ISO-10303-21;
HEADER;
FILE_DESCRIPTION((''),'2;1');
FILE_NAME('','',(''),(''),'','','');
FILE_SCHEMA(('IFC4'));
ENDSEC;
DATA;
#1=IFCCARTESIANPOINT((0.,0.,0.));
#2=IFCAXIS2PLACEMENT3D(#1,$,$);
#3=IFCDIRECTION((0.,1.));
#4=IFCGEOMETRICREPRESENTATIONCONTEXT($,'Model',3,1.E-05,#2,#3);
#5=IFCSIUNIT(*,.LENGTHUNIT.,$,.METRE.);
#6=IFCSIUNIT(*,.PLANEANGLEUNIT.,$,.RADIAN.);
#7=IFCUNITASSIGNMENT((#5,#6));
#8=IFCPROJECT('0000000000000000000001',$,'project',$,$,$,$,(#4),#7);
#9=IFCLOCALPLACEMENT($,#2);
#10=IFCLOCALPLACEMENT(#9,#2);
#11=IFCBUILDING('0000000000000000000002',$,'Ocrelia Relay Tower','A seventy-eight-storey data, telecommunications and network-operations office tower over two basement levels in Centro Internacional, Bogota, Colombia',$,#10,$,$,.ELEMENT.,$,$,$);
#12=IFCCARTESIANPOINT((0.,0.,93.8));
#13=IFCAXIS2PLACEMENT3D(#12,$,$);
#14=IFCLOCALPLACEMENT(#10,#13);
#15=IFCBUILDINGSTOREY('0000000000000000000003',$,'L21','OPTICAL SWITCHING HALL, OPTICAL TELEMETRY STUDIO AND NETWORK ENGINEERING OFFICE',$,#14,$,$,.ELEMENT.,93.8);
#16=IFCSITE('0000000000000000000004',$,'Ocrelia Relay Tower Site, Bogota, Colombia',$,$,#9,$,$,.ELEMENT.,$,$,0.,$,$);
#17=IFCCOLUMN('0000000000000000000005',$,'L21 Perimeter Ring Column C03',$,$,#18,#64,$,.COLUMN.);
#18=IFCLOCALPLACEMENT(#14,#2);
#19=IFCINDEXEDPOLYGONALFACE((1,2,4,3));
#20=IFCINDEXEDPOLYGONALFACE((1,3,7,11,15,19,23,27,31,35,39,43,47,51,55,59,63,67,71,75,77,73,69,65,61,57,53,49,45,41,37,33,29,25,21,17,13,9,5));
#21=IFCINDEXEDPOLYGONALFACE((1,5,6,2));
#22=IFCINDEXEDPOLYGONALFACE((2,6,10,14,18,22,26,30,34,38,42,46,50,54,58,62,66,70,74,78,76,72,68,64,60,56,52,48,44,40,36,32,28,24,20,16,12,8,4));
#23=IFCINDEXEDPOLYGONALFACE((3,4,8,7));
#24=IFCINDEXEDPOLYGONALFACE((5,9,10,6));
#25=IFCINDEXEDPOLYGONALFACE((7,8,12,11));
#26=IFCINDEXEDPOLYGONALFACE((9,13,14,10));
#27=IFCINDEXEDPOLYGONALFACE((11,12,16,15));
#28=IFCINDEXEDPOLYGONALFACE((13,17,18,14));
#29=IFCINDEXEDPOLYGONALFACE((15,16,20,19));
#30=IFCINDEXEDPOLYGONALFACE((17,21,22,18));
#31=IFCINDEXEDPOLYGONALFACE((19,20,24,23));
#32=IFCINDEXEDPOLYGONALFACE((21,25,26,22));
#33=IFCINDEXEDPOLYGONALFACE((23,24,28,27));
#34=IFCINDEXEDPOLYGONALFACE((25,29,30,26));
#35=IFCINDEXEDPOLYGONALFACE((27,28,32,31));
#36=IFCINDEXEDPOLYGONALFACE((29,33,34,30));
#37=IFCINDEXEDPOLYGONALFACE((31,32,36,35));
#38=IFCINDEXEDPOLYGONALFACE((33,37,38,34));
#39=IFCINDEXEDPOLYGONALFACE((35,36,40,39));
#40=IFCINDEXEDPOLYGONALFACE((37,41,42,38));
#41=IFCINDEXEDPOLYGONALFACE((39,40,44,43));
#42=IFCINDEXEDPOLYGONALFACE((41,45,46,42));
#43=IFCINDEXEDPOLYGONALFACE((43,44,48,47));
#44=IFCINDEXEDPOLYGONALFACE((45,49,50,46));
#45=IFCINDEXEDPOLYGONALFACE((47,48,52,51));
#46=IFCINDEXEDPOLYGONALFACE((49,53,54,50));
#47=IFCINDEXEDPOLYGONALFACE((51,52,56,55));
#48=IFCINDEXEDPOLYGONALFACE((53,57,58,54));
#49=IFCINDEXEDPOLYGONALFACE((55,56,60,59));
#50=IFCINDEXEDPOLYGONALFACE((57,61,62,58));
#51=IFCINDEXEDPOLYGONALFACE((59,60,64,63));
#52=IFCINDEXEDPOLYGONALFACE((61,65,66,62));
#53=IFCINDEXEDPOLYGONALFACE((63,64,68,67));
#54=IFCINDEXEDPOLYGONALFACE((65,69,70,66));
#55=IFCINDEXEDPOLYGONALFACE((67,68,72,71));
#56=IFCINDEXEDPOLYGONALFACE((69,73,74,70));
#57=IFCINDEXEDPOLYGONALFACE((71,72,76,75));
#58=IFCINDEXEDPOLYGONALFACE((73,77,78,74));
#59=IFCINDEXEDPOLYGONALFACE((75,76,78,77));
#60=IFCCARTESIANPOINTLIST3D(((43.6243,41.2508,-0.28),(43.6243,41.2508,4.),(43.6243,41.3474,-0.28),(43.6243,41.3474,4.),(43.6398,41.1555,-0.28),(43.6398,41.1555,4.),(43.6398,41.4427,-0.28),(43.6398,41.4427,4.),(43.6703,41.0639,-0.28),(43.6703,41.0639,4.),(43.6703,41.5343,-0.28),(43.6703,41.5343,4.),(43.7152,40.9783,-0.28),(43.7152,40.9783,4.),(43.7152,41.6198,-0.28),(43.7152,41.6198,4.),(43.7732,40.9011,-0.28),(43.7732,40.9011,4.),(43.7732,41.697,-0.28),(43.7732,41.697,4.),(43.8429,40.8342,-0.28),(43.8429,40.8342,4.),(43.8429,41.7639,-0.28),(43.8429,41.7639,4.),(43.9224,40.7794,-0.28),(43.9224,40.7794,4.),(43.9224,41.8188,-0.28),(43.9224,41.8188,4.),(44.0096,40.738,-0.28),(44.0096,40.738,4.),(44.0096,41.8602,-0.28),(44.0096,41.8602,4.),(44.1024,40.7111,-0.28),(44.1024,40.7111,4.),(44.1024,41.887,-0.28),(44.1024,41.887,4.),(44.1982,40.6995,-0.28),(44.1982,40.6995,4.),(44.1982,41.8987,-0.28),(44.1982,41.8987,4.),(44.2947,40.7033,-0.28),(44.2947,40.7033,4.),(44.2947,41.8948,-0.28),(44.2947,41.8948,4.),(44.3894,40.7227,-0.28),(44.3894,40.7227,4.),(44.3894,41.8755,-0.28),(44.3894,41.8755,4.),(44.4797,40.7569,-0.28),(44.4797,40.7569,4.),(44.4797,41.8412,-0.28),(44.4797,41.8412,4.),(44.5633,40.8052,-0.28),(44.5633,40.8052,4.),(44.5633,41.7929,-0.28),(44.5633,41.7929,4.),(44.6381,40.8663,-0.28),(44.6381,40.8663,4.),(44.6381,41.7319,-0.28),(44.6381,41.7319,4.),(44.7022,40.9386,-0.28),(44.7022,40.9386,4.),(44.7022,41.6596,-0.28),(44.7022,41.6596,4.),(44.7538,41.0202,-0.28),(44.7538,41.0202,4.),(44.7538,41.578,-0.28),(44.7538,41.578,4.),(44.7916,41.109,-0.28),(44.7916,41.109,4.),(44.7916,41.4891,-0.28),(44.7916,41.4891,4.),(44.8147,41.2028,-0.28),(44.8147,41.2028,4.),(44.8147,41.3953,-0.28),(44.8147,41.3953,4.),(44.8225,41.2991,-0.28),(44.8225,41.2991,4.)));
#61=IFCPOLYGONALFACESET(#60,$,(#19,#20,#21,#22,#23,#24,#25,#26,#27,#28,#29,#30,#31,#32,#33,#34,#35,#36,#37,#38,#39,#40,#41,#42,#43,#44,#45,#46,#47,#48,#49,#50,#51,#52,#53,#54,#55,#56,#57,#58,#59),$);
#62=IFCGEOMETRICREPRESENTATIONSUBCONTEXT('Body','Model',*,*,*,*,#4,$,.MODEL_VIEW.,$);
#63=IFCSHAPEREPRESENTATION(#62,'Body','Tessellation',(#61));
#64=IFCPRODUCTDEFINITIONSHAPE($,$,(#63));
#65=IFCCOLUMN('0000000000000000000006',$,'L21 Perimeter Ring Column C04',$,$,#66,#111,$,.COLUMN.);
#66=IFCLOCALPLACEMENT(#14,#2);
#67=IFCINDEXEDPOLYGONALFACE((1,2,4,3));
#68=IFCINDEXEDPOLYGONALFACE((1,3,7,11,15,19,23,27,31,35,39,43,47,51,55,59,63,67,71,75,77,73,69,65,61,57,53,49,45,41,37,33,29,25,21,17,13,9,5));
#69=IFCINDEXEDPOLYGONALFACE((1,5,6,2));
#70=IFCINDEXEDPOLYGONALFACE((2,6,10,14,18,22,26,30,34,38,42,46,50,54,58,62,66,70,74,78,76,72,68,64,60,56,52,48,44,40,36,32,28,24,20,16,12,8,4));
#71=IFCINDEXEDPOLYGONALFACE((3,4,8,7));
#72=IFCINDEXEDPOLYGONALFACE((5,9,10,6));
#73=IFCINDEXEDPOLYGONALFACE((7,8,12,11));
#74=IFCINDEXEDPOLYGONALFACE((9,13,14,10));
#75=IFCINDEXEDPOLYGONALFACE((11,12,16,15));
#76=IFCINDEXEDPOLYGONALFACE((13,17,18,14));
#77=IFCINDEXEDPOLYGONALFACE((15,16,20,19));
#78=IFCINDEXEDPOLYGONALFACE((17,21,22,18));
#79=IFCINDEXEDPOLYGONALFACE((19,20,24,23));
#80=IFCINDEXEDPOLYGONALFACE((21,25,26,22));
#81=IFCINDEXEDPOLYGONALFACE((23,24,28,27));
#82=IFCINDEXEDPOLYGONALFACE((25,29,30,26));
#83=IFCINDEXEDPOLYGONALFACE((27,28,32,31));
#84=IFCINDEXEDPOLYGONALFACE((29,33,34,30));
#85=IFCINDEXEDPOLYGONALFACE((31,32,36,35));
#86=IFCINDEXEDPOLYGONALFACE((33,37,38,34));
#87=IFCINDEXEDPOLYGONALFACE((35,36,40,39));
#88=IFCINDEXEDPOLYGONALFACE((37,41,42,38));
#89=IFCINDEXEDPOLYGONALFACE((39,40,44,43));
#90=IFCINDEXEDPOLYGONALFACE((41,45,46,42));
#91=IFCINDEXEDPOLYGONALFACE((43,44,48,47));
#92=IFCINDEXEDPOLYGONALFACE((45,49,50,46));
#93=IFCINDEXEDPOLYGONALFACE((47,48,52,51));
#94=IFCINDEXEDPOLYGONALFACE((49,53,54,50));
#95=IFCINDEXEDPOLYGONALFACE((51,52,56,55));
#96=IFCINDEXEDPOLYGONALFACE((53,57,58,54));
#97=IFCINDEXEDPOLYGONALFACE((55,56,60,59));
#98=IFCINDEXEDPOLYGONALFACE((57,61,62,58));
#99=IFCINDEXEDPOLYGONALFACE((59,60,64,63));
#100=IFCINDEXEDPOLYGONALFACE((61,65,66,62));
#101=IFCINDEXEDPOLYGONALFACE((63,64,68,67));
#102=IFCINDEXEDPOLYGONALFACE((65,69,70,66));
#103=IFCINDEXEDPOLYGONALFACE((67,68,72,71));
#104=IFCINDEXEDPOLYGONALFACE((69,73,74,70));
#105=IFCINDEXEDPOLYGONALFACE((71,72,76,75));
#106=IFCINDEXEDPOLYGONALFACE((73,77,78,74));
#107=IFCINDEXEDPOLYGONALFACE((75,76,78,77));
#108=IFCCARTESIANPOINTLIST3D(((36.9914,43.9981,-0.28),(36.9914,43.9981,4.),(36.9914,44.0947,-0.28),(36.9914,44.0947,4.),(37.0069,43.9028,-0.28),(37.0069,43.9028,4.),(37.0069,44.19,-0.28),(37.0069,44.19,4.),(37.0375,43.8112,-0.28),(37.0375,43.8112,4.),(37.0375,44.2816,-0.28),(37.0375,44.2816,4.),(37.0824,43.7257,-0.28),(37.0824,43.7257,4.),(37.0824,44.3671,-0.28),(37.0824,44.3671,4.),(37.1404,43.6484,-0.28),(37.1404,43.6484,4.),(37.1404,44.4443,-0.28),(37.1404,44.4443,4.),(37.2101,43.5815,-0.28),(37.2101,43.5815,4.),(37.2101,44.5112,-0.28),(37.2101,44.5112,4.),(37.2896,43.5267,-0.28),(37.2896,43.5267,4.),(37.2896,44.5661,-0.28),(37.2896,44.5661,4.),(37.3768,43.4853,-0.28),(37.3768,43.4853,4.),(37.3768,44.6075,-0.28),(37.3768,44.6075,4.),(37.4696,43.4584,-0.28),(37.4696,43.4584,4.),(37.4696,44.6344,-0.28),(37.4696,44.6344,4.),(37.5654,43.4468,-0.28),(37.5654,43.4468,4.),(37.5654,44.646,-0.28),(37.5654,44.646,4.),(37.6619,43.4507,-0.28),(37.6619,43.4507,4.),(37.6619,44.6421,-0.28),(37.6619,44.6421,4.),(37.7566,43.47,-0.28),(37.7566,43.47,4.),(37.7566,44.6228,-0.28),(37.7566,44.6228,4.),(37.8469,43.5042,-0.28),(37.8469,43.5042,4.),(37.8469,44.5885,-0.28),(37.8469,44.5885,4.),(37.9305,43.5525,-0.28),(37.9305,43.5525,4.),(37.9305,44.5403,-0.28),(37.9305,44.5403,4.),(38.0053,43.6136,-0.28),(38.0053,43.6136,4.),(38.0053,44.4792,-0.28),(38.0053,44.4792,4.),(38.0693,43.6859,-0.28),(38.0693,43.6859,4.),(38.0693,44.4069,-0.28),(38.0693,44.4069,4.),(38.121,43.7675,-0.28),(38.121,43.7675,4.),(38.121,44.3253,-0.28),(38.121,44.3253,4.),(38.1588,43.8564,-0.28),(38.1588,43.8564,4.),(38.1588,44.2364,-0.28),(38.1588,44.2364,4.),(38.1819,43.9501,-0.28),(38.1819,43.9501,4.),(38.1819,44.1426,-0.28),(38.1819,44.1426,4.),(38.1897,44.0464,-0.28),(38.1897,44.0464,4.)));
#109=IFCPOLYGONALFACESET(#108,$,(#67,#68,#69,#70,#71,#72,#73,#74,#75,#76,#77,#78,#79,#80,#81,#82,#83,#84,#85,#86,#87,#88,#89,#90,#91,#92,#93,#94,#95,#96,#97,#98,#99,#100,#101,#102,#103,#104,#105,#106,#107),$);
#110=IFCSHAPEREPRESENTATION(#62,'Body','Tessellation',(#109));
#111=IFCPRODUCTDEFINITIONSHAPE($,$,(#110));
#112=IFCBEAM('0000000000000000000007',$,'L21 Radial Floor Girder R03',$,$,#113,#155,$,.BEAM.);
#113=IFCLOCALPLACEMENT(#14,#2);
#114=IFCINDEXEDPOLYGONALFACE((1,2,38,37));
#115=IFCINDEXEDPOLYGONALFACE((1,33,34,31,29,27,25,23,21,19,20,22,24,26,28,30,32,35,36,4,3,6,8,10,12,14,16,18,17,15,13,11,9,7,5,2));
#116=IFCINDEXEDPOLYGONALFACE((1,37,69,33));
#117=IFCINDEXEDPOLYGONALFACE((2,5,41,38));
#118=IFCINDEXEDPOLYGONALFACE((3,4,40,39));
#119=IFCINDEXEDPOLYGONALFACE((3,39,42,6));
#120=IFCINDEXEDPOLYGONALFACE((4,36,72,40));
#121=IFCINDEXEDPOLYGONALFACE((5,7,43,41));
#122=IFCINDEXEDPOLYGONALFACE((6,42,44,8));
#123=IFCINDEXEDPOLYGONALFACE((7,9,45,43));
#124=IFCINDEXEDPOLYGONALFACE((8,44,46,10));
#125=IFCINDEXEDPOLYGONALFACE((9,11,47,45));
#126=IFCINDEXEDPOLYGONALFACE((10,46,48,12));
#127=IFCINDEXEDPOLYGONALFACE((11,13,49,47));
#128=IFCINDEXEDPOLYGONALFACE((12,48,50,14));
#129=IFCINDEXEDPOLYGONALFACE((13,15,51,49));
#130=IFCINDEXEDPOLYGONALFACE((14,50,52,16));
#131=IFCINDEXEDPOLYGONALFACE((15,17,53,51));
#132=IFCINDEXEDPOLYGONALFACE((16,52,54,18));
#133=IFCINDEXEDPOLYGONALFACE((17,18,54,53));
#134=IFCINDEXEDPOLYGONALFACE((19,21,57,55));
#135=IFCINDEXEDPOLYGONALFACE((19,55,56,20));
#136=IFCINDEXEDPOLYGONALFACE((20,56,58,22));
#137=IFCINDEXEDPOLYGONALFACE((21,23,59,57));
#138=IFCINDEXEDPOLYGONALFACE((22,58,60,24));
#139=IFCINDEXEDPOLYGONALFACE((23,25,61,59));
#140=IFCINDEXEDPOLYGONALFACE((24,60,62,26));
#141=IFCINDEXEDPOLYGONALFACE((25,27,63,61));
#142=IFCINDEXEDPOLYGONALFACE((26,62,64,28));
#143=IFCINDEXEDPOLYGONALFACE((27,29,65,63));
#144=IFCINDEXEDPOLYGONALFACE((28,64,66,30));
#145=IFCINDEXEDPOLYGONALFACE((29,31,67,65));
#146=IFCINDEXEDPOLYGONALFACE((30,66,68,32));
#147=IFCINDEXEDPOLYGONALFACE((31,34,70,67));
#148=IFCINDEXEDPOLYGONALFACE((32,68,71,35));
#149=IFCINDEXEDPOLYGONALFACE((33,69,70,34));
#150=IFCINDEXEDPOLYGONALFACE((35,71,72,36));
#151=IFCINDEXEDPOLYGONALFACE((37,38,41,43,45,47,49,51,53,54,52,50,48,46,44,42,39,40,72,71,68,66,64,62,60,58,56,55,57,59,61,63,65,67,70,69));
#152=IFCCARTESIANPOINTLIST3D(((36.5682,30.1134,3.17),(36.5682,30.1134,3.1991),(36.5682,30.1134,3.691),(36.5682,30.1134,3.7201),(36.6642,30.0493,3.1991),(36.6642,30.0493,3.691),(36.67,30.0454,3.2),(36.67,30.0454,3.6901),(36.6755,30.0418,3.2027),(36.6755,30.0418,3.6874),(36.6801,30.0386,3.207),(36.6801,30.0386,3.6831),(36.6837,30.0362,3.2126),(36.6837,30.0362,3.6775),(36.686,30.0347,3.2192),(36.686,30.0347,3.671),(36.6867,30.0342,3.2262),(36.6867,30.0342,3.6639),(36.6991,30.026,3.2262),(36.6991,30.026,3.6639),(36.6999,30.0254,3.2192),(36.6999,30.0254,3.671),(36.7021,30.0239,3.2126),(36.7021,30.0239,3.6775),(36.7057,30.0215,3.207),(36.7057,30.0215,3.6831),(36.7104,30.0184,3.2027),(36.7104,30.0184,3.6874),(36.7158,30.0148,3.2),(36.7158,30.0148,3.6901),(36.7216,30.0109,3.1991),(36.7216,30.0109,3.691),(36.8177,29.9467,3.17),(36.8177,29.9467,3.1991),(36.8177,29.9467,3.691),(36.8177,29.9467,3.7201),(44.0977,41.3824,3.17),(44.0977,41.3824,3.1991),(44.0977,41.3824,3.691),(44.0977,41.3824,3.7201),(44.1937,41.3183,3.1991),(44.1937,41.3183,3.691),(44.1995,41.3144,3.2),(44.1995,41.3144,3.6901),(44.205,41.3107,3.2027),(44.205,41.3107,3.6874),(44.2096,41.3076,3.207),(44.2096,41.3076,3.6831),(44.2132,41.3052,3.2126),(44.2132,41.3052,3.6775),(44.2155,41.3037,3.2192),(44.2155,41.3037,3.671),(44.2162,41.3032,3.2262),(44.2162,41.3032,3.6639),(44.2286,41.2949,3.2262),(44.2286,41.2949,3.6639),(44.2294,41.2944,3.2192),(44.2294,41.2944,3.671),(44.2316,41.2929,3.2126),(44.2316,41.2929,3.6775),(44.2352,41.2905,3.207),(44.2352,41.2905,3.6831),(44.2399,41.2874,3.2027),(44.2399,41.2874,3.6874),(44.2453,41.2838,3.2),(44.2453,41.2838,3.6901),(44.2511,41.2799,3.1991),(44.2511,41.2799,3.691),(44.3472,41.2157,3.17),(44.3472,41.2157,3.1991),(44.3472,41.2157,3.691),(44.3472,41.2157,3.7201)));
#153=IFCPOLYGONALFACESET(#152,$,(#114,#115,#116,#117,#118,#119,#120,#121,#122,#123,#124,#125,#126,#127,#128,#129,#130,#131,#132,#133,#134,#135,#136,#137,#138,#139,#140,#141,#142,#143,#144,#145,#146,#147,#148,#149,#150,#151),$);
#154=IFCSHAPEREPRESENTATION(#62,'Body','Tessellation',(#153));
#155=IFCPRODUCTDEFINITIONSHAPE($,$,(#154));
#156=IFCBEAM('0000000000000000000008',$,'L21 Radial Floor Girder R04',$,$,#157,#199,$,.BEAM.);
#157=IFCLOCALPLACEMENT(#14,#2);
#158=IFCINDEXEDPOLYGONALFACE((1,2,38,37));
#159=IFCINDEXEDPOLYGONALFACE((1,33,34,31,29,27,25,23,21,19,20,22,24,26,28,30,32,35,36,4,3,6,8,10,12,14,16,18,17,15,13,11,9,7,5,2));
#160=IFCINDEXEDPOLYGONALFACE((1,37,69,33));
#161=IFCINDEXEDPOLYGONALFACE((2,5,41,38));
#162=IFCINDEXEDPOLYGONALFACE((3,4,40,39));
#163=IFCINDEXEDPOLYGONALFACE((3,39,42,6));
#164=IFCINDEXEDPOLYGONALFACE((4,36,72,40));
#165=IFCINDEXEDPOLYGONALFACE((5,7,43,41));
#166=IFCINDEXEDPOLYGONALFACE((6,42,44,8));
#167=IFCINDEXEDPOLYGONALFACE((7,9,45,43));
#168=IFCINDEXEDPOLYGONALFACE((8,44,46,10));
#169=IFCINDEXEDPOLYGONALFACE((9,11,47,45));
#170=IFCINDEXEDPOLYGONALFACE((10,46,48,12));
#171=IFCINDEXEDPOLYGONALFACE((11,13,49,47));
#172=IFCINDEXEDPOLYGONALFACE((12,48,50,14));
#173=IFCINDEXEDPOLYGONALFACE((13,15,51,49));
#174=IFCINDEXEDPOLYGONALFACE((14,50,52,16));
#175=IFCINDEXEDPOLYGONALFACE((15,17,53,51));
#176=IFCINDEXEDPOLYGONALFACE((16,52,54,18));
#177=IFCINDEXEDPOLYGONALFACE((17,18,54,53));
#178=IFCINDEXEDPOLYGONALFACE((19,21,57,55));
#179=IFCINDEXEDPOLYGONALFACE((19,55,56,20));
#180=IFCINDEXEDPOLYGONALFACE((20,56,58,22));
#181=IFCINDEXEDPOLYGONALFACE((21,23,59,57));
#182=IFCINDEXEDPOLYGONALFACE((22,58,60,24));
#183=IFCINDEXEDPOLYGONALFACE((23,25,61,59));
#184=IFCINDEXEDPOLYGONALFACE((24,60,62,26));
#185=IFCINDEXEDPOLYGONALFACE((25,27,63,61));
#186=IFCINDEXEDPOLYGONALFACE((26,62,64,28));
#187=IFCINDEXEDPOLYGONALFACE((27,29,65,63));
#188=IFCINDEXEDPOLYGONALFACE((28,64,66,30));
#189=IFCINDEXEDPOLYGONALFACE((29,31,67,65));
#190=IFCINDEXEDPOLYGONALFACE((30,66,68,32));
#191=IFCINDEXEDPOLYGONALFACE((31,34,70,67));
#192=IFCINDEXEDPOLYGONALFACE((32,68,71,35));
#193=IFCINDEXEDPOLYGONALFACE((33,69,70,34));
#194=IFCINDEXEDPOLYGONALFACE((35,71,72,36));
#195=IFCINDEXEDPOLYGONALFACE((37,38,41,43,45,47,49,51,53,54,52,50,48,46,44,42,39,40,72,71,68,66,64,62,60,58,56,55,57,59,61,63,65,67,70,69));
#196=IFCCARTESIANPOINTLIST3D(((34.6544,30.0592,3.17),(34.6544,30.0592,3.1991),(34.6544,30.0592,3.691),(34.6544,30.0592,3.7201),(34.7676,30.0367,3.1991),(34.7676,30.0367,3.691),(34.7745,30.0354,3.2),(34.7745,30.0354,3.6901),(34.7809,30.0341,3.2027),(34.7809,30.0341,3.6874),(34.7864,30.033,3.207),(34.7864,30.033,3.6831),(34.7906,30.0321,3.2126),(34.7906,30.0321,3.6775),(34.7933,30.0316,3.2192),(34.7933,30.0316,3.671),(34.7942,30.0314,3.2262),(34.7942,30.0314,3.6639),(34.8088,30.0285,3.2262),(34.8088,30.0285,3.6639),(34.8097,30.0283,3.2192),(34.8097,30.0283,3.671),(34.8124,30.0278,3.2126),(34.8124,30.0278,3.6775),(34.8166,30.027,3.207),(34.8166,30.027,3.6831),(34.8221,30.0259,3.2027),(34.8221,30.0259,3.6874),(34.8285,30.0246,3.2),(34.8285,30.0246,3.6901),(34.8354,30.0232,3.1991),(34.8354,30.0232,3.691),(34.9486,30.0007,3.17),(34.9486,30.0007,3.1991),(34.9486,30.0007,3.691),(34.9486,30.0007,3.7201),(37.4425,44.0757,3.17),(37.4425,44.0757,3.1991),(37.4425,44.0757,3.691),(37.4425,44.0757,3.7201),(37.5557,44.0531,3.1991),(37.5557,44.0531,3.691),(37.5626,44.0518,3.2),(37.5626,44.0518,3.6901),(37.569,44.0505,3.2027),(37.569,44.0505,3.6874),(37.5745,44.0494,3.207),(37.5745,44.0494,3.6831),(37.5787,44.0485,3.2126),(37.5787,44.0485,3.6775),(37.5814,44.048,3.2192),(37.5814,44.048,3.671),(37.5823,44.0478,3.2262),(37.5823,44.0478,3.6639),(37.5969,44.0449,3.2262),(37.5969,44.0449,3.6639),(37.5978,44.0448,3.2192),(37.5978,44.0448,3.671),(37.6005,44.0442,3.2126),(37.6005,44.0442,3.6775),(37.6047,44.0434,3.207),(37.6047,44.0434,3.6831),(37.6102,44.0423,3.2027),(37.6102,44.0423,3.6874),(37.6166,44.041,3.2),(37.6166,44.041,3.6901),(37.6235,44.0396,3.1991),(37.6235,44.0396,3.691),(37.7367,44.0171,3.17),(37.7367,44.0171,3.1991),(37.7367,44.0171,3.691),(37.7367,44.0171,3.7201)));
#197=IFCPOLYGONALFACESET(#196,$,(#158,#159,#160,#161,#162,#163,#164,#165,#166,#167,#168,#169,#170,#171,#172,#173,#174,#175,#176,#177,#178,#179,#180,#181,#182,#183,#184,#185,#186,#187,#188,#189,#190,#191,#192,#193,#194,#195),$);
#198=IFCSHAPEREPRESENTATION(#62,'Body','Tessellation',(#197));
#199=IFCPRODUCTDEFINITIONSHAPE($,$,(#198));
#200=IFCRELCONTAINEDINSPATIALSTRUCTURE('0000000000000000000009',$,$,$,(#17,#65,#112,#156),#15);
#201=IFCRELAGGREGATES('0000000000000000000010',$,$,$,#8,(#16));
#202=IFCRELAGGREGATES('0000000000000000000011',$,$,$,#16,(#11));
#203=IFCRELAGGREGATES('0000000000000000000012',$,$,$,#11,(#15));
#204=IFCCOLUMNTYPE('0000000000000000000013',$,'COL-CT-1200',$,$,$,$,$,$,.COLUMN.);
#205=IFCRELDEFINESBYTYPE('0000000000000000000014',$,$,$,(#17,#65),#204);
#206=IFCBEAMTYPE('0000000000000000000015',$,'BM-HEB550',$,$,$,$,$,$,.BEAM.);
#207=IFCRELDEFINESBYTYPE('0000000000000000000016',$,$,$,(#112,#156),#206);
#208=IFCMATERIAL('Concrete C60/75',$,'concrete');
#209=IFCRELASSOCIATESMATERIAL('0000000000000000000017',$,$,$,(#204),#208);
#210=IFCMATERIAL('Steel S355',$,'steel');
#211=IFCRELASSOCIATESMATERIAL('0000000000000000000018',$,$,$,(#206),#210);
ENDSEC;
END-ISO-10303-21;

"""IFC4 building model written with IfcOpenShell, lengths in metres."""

from ifc_helpers import new_model, si_unit, direction, frame, origin, origin_2d, place, context, subcontext, project, spatial, circle, i_section, extrude, material, material_profile, profile_set, type_object, element, save


model = new_model("IFC4")

# Units and contexts
model_context = context("Model", 3, precision=1e-05, world=origin(), true_north=direction((0.0, 1.0)))
body_context = subcontext(model_context, "Body", "Model", "MODEL_VIEW")
ifc_project = project(units=[si_unit("LENGTHUNIT", "METRE"), si_unit("PLANEANGLEUNIT", "RADIAN")], contexts=[model_context])

# Site, building, storey
site_placement = place(None, origin())
site = spatial("IfcSite", under=ifc_project, at=site_placement, Name="Ocrelia Relay Tower Site, Bogota, Colombia", CompositionType="ELEMENT", RefElevation=0.0)
building_placement = place(site_placement, origin())
building = spatial("IfcBuilding", under=site, at=building_placement, Name="Ocrelia Relay Tower", Description="A seventy-eight-storey data, telecommunications and network-operations office tower over two basement levels in Centro Internacional, Bogota, Colombia", CompositionType="ELEMENT")
storey_placement = place(building_placement, frame((0.0, 0.0, 93.8)))
storey = spatial("IfcBuildingStorey", under=building, at=storey_placement, Name="L21", Description="OPTICAL SWITCHING HALL, OPTICAL TELEMETRY STUDIO AND NETWORK ENGINEERING OFFICE", CompositionType="ELEMENT", Elevation=93.8)

# Columns
ifc_material_1 = material(Name="Concrete C60/75", Category="concrete")
ifc_material_profile_1 = material_profile(ifc_material_1, circle(Radius=0.6001, at=origin_2d()), Name="RC-CIR-1200")
ifc_profile_set_1 = profile_set([ifc_material_profile_1], Name="Concrete C60/75")
column_type = type_object("IfcColumnType", Name="COL-CT-1200", PredefinedType="COLUMN", material=ifc_profile_set_1)
for number, where, z_axis, x_axis, name in (
    (1, (44.2224, 41.2991, -0.28), (0.0, 0.0, 1.0), (1.0, 0.0, 0.0), "L21 Perimeter Ring Column C03"),
    (2, (37.5896, 44.0464, -0.28), (0.0, 0.0, 1.0), (1.0, 0.0, 0.0), "L21 Perimeter Ring Column C04"),
):
    element("IfcColumn", number, at=place(storey_placement, frame(where, z_axis=z_axis, x_axis=x_axis)), inside=storey, type_object=column_type, Name=name, PredefinedType="COLUMN", context=body_context, shape_type="SweptSolid", body=[
        extrude(circle(Radius=0.6001, at=origin_2d()), origin(), (0.0, 0.0, 1.0), 4.28),
    ])

# Beams
ifc_material_2 = material(Name="Steel S355", Category="steel")
ifc_material_profile_2 = material_profile(ifc_material_2, i_section(OverallWidth=0.3, OverallDepth=0.55, WebThickness=0.0149, FlangeThickness=0.0291, FilletRadius=0.0271, at=origin_2d()), Name="HEB 550")
ifc_profile_set_2 = profile_set([ifc_material_profile_2], Name="Steel S355")
beam_type_1 = type_object("IfcBeamType", Name="BM-HEB550", PredefinedType="BEAM", material=ifc_profile_set_2)
beam_1_placement = place(storey_placement, frame((44.2224, 41.2991, 3.4451), z_axis=(-0.55556, -0.831476, 0.0), x_axis=(0.831476, -0.55556, 0.0)))
element("IfcBeam", 3, at=beam_1_placement, inside=storey, type_object=beam_type_1, Name="L21 Radial Floor Girder R03", PredefinedType="BEAM", context=body_context, shape_type="SweptSolid", body=[
    extrude(i_section(OverallWidth=0.3, OverallDepth=0.55, WebThickness=0.0149, FlangeThickness=0.0291, FilletRadius=0.0271, at=origin_2d()), origin(), (0.0, 0.0, 1.0), 13.553),
])
beam_2_placement = place(storey_placement, frame((37.5896, 44.0464, 3.4451), z_axis=(-0.195094, -0.980784, 0.0), x_axis=(0.980784, -0.195094, 0.0)))
element("IfcBeam", 4, at=beam_2_placement, inside=storey, type_object=beam_type_1, Name="L21 Radial Floor Girder R04", PredefinedType="BEAM", context=body_context, shape_type="SweptSolid", body=[
    extrude(i_section(OverallWidth=0.3, OverallDepth=0.55, WebThickness=0.0149, FlangeThickness=0.0291, FilletRadius=0.0271, at=origin_2d()), origin(), (0.0, 0.0, 1.0), 14.291),
])

save(model, "model.ifc")
